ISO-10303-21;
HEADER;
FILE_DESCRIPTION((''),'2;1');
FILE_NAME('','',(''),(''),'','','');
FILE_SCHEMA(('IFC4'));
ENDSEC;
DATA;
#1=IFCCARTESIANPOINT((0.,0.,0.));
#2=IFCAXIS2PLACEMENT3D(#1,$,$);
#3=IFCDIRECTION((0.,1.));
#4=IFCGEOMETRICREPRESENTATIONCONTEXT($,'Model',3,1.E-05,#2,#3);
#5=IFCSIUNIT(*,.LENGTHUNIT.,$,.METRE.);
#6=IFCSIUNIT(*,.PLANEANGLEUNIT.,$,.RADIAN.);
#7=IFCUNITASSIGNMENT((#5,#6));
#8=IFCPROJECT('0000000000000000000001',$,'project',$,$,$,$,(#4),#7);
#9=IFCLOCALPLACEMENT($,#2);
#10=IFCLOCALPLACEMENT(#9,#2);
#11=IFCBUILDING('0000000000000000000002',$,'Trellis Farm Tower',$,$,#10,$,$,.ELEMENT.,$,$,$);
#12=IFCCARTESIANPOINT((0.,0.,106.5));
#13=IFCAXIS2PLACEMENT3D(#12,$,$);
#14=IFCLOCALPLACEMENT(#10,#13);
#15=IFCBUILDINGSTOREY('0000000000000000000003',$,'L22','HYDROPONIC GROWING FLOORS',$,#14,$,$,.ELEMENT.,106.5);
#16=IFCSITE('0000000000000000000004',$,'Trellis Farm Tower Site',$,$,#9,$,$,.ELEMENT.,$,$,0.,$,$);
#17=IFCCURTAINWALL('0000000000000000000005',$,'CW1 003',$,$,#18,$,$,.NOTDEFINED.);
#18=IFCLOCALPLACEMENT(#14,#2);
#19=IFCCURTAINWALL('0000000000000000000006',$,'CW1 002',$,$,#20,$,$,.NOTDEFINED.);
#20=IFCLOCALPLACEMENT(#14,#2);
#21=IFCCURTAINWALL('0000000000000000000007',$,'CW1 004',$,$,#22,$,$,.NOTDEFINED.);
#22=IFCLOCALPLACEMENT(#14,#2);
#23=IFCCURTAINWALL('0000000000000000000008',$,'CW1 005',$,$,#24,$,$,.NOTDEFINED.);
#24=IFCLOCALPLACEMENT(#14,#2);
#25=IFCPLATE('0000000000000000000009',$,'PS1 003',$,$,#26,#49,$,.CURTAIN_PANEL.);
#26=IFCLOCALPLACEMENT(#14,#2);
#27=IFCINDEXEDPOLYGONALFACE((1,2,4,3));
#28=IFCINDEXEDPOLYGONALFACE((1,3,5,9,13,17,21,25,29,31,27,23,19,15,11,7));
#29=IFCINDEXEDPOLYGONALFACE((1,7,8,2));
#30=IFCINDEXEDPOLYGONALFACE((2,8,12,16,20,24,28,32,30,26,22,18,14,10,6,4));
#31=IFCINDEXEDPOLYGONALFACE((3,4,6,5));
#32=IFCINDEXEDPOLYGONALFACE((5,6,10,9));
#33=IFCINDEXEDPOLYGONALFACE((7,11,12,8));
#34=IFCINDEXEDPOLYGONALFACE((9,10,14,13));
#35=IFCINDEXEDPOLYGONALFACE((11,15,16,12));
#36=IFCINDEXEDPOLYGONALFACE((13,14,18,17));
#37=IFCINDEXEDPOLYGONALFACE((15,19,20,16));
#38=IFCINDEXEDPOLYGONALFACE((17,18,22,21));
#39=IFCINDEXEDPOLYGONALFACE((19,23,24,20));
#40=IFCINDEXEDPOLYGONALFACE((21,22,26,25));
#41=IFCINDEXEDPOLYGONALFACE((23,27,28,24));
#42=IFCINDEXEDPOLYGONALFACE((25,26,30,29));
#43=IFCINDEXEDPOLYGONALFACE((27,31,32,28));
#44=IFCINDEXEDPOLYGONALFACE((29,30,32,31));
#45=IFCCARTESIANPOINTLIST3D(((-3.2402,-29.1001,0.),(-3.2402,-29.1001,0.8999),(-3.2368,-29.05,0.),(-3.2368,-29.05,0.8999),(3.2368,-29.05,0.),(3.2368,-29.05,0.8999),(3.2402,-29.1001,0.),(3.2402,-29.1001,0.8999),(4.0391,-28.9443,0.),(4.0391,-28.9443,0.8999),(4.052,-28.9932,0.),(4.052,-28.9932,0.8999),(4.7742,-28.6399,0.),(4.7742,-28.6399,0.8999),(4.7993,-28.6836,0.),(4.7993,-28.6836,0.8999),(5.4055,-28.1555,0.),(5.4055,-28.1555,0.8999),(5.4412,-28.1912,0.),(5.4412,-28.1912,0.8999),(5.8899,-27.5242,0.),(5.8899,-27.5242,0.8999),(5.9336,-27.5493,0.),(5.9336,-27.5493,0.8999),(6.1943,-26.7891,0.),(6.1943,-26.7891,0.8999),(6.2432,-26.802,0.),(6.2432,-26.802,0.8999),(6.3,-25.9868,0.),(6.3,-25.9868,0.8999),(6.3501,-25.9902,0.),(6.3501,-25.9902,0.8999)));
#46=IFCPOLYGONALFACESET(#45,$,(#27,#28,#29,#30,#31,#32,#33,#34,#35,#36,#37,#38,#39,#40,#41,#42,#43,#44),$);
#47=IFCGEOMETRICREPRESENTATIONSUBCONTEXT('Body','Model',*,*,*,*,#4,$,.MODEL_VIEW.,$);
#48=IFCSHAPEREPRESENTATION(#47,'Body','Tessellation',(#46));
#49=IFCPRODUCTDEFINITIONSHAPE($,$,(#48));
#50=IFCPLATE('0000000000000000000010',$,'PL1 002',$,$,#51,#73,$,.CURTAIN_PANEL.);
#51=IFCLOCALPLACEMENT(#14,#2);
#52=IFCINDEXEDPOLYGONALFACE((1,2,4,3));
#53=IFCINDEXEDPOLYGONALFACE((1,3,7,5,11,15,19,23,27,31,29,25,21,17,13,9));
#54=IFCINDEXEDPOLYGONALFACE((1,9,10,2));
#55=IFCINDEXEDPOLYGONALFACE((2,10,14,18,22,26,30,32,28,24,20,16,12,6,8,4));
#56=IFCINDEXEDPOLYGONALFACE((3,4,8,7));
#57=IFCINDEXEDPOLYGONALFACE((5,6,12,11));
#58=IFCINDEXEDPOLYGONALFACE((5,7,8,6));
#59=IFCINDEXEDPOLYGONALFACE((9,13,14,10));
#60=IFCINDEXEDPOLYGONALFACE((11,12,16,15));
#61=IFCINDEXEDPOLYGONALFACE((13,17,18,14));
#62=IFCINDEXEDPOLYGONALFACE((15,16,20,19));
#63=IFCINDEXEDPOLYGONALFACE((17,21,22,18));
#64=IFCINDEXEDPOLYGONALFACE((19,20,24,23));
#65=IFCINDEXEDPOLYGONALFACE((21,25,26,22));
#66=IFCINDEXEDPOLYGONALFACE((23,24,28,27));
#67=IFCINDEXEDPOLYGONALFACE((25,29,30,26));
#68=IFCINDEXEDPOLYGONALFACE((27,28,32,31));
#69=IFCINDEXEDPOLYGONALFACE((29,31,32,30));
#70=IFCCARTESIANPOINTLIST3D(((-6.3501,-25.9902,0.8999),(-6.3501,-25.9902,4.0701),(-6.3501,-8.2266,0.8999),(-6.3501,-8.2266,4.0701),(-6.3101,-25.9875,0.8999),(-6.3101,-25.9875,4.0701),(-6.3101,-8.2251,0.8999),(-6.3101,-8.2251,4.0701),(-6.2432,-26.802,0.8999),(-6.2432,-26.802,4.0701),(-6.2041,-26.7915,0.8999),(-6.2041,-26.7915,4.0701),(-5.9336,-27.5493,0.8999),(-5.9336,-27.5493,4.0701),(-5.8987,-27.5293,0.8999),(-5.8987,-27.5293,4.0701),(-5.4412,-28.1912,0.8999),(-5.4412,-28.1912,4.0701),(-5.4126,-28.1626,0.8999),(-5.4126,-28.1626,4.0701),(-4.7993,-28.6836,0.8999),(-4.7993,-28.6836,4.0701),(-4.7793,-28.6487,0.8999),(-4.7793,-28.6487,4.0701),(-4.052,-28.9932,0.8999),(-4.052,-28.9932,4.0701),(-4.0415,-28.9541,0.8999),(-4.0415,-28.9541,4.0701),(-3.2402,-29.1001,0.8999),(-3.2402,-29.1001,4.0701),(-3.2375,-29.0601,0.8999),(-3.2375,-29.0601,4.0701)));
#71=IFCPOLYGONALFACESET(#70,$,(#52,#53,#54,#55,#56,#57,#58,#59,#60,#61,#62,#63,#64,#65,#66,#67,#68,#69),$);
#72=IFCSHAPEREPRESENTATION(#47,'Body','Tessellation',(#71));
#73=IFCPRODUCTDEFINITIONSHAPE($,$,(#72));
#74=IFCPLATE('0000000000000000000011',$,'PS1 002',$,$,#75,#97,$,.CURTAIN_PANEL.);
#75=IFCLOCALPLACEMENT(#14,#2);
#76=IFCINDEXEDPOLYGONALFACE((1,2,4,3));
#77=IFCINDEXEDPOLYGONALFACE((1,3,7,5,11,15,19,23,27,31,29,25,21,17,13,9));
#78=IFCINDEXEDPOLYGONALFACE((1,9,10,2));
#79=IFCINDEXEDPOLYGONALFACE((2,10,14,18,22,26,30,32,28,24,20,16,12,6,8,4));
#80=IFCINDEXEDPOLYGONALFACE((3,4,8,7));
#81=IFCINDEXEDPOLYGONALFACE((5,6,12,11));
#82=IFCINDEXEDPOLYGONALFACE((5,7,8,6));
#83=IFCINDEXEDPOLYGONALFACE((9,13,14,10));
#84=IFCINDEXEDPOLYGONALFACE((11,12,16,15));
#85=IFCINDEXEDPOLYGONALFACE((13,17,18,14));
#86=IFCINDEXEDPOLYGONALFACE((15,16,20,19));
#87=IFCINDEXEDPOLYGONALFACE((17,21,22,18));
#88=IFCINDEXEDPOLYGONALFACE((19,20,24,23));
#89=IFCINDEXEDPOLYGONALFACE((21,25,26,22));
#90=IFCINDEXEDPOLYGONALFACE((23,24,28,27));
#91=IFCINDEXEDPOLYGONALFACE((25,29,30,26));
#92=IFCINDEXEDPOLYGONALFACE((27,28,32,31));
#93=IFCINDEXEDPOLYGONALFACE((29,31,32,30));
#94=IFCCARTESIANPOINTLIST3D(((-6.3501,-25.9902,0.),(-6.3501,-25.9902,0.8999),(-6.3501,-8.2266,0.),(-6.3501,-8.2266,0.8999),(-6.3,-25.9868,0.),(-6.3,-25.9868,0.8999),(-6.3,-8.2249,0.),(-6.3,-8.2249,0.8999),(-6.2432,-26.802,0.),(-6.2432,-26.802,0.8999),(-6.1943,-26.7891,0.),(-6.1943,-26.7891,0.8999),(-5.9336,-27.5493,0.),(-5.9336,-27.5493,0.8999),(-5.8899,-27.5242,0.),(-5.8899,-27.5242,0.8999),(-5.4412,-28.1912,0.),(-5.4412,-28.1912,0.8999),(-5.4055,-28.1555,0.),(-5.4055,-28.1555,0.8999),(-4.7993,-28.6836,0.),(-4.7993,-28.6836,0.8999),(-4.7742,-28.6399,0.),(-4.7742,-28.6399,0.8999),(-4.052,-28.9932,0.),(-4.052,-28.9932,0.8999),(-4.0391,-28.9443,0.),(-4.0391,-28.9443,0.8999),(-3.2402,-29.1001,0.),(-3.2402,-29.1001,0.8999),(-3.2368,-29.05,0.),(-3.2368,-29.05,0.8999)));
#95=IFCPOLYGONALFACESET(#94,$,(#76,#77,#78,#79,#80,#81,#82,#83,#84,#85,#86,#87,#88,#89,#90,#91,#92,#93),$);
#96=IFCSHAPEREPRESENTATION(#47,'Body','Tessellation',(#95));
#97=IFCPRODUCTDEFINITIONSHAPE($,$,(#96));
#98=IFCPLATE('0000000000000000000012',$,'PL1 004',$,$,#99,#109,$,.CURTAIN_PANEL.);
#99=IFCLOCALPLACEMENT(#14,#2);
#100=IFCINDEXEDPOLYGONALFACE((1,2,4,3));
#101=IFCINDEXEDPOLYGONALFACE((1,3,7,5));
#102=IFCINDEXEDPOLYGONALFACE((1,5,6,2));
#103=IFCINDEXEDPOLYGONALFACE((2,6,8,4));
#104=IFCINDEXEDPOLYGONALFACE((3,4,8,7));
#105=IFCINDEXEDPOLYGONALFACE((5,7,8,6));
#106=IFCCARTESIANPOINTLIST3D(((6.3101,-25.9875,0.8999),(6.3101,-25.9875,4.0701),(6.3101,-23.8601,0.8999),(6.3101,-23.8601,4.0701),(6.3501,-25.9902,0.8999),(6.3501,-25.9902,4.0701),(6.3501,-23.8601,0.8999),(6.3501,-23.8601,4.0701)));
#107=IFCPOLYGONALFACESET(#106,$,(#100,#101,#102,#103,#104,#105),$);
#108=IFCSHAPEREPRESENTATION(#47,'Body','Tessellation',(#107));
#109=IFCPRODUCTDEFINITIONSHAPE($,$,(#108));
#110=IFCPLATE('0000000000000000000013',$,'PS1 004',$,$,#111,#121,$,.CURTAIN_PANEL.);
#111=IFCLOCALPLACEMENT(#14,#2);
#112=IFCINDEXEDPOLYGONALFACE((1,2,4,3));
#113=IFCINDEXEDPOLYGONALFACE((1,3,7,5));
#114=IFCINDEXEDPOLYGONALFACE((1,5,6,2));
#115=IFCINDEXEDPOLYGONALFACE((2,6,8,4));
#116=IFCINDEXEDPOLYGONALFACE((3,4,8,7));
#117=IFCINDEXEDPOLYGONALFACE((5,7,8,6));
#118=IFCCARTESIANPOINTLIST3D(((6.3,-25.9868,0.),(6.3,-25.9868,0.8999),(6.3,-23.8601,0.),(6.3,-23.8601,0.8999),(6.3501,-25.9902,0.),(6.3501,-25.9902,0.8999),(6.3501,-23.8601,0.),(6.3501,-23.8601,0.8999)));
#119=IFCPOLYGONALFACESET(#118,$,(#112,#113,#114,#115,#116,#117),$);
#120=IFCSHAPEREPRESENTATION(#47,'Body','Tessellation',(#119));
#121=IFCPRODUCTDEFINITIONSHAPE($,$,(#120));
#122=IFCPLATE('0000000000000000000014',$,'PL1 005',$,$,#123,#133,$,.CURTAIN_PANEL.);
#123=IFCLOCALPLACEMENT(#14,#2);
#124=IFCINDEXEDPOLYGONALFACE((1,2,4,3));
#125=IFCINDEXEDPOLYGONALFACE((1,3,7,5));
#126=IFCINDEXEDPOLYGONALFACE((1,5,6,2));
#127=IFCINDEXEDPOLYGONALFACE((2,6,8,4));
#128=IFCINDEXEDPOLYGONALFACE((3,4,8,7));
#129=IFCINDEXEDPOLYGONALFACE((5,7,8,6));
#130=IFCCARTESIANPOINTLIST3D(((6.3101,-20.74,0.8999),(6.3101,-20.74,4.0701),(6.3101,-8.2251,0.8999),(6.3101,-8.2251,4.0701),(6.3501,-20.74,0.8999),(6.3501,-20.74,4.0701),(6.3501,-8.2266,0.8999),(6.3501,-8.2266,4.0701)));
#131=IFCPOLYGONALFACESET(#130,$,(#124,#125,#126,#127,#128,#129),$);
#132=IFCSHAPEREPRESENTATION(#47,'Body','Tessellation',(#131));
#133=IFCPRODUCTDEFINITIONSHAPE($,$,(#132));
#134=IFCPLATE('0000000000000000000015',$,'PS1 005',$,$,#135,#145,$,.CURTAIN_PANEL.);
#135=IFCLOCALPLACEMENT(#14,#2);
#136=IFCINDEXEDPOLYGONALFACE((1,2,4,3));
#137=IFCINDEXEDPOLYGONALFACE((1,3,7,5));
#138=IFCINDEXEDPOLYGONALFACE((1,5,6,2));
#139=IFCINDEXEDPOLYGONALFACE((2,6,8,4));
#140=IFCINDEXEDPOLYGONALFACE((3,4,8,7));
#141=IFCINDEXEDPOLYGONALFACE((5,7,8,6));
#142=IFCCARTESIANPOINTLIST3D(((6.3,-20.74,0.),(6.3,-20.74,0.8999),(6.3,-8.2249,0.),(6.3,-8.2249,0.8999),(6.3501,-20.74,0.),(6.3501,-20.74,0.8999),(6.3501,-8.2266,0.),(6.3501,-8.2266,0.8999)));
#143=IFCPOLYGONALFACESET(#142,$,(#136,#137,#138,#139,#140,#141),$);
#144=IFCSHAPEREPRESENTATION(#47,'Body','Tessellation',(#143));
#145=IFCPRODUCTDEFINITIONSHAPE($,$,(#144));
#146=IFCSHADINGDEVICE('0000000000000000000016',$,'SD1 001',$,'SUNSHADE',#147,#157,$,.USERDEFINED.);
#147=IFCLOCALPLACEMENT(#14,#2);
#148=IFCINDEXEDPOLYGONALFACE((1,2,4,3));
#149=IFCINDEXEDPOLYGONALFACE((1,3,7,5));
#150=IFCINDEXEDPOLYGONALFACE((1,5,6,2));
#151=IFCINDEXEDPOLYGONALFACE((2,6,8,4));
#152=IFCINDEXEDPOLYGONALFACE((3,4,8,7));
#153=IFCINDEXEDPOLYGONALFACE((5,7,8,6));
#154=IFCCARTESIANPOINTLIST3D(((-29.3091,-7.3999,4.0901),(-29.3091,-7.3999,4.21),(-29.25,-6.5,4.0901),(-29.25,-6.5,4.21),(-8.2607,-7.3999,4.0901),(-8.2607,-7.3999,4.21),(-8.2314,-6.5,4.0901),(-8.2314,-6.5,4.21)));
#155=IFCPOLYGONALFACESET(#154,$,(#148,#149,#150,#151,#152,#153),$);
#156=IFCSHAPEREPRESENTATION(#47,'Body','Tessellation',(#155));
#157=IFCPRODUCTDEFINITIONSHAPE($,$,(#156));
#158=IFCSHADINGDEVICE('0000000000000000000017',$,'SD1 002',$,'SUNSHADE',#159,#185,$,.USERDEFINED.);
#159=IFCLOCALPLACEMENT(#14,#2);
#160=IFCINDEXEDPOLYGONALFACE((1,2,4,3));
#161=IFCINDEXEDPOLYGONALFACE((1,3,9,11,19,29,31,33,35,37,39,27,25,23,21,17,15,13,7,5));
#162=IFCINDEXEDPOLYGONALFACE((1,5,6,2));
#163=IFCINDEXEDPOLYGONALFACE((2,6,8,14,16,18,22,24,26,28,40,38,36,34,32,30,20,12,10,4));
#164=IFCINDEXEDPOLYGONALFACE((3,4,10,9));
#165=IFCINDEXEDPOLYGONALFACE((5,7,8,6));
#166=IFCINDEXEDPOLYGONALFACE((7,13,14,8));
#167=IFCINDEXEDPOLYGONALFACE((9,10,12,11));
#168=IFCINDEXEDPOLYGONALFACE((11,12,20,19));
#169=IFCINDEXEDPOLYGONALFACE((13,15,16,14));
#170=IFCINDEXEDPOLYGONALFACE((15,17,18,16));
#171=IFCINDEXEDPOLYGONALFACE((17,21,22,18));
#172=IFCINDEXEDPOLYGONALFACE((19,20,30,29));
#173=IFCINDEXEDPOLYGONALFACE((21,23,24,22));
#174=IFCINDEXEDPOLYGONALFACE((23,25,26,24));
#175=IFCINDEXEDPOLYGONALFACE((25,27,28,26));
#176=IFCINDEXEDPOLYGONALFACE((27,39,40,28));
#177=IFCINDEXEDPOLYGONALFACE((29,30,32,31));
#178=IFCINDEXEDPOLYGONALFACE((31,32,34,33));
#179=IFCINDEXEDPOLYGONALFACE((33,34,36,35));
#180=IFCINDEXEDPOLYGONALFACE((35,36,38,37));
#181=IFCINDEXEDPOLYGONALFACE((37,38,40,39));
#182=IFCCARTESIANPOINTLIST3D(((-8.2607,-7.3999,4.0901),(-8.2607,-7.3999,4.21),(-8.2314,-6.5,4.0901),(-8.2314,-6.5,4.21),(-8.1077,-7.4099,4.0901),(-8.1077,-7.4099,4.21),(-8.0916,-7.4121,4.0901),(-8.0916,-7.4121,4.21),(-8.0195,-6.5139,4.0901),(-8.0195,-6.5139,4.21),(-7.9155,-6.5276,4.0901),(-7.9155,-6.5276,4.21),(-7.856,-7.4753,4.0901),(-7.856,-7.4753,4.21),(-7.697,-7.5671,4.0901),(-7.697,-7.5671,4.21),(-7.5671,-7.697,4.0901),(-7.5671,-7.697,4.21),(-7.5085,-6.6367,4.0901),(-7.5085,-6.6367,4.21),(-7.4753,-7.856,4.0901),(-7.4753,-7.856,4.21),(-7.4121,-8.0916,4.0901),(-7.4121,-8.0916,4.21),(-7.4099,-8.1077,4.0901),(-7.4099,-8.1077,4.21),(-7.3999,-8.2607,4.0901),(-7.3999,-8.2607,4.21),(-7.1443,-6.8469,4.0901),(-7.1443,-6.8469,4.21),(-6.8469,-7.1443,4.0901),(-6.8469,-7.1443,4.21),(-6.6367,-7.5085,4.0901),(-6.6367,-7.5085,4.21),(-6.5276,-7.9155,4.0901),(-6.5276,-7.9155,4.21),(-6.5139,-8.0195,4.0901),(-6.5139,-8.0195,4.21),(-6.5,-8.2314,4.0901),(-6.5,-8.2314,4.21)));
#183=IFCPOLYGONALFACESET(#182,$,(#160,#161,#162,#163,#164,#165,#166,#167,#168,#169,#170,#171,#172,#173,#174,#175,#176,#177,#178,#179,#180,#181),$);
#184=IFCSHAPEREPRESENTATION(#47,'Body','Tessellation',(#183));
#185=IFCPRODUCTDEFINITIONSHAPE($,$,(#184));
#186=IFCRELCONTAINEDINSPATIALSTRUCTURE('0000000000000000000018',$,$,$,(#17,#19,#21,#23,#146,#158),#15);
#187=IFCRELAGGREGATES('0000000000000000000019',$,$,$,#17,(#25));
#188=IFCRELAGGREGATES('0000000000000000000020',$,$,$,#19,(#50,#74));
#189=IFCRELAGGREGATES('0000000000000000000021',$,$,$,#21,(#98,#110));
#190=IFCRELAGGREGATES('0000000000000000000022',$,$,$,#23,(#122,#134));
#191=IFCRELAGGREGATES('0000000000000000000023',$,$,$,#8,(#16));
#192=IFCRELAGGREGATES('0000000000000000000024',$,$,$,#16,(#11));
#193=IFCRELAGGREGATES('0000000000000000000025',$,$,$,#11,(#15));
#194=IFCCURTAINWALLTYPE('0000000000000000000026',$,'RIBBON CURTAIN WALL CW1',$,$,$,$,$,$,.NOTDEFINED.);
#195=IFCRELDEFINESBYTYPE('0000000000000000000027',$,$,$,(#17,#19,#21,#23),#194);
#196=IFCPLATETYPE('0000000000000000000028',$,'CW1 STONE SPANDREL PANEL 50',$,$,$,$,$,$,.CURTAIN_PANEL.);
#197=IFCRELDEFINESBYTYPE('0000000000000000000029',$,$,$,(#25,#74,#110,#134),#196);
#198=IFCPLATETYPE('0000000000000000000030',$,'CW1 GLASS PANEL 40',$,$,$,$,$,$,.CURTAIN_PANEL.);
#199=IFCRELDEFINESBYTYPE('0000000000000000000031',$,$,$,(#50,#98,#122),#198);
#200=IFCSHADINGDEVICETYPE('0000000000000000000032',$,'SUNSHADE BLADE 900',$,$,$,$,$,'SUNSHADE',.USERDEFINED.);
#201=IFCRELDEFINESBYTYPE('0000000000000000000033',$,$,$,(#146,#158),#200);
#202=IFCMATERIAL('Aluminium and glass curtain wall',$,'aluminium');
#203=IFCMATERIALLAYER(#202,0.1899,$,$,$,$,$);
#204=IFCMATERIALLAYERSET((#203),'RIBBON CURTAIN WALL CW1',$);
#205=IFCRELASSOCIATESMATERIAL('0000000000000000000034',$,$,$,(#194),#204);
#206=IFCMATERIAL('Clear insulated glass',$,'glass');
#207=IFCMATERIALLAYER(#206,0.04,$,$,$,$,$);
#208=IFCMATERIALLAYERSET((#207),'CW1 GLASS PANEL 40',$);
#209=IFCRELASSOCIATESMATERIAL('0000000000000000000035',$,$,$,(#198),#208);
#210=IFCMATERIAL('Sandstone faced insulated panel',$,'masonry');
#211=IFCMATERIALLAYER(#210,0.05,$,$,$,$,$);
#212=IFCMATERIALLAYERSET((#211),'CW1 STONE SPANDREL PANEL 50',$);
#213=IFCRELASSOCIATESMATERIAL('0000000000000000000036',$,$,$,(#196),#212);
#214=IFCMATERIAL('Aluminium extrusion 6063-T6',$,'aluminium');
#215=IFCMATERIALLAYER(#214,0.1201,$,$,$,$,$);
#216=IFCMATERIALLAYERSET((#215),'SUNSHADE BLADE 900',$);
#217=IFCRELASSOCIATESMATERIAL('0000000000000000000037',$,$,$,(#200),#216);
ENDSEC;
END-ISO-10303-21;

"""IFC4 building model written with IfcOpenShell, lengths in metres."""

from ifc_helpers import new_model, si_unit, direction, frame, origin, place, context, subcontext, project, spatial, polyline, outline, extrude, source, transform, mapped, material, layer, layer_set, type_object, element, aggregate, save


model = new_model("IFC4")

# Units and contexts
model_context = context("Model", 3, precision=1e-05, world=origin(), true_north=direction((0.0, 1.0)))
body_context = subcontext(model_context, "Body", "Model", "MODEL_VIEW")
ifc_project = project(units=[si_unit("LENGTHUNIT", "METRE"), si_unit("PLANEANGLEUNIT", "RADIAN")], contexts=[model_context])

# Site, building, storey
site_placement = place(None, origin())
site = spatial("IfcSite", under=ifc_project, at=site_placement, Name="Trellis Farm Tower Site", CompositionType="ELEMENT", RefElevation=0.0)
building_placement = place(site_placement, origin())
building = spatial("IfcBuilding", under=site, at=building_placement, Name="Trellis Farm Tower", CompositionType="ELEMENT")
storey_placement = place(building_placement, frame((0.0, 0.0, 106.5)))
storey = spatial("IfcBuildingStorey", under=building, at=storey_placement, Name="L22", Description="HYDROPONIC GROWING FLOORS", CompositionType="ELEMENT", Elevation=106.5)

# Curtain walls
ifc_material_1 = material(Name="Aluminium and glass curtain wall", Category="aluminium")
placement_1 = place(storey_placement, origin())
ifc_material_2 = material(Name="Aluminium extrusion 6063-T6", Category="aluminium")
ifc_layer_1 = layer(ifc_material_1, 0.1899)
ifc_layer_set_1 = layer_set([ifc_layer_1], Name="RIBBON CURTAIN WALL CW1")
curtain_wall_type_1 = type_object("IfcCurtainWallType", Name="RIBBON CURTAIN WALL CW1", PredefinedType="NOTDEFINED", material=ifc_layer_set_1)
curtain_wall_1 = element("IfcCurtainWall", 1, at=placement_1, inside=storey, type_object=curtain_wall_type_1, Name="CW1 003", PredefinedType="NOTDEFINED")
curtain_wall_2 = element("IfcCurtainWall", 2, at=placement_1, inside=storey, type_object=curtain_wall_type_1, Name="CW1 002", PredefinedType="NOTDEFINED")
curtain_wall_3 = element("IfcCurtainWall", 3, at=placement_1, inside=storey, type_object=curtain_wall_type_1, Name="CW1 004", PredefinedType="NOTDEFINED")
curtain_wall_4 = element("IfcCurtainWall", 4, at=placement_1, inside=storey, type_object=curtain_wall_type_1, Name="CW1 005", PredefinedType="NOTDEFINED")

# Plates
ifc_material_3 = material(Name="Clear insulated glass", Category="glass")
ifc_layer_2 = layer(ifc_material_3, 0.04)
ifc_layer_set_2 = layer_set([ifc_layer_2], Name="CW1 GLASS PANEL 40")
plate_type_1 = type_object("IfcPlateType", Name="CW1 GLASS PANEL 40", PredefinedType="CURTAIN_PANEL", material=ifc_layer_set_2)
placement_2 = place(storey_placement, frame((0.0, 0.0, 0.8999)))
ifc_material_4 = material(Name="Sandstone faced insulated panel", Category="masonry")
ifc_layer_3 = layer(ifc_material_4, 0.05)
ifc_layer_set_3 = layer_set([ifc_layer_3], Name="CW1 STONE SPANDREL PANEL 50")
plate_type_2 = type_object("IfcPlateType", Name="CW1 STONE SPANDREL PANEL 50", PredefinedType="CURTAIN_PANEL", material=ifc_layer_set_3)
shared_shape_1 = source(origin(), body_context, "Body", "SweptSolid", [
    extrude(outline(polyline([(-3.2402, -29.1001), (3.2402, -29.1001), (4.052, -28.9932), (4.7993, -28.6836), (5.4412, -28.1912), (5.9336, -27.5493), (6.2432, -26.802), (6.3501, -25.9902), (6.3, -25.9868), (6.1943, -26.7891), (5.8899, -27.5242), (5.4055, -28.1555), (4.7742, -28.6399), (4.0391, -28.9443), (3.2368, -29.05), (-3.2368, -29.05), (-3.2402, -29.1001)])), origin(), (0.0, 0.0, 1.0), 0.8999),
])
plate_1 = element("IfcPlate", 5, at=placement_1, type_object=plate_type_2, Name="PS1 003", PredefinedType="CURTAIN_PANEL", context=body_context, shape_type="MappedRepresentation", body=[
    mapped(shared_shape_1, transform((0.0, 0.0, 0.0))),
])
aggregate(curtain_wall_1, [plate_1])
shared_shape_2 = source(origin(), body_context, "Body", "SweptSolid", [
    extrude(outline(polyline([(-6.3501, -8.2266), (-6.3501, -25.9902), (-6.2432, -26.802), (-5.9336, -27.5493), (-5.4412, -28.1912), (-4.7993, -28.6836), (-4.052, -28.9932), (-3.2402, -29.1001), (-3.2375, -29.0601), (-4.0415, -28.9541), (-4.7793, -28.6487), (-5.4126, -28.1626), (-5.8987, -27.5293), (-6.2041, -26.7915), (-6.3101, -25.9875), (-6.3101, -8.2251), (-6.3501, -8.2266)])), origin(), (0.0, 0.0, 1.0), 3.1702),
])
plate_2 = element("IfcPlate", 6, at=placement_2, type_object=plate_type_1, Name="PL1 002", PredefinedType="CURTAIN_PANEL", context=body_context, shape_type="MappedRepresentation", body=[
    mapped(shared_shape_2, transform((0.0, 0.0, 0.0))),
])
shared_shape_3 = source(origin(), body_context, "Body", "SweptSolid", [
    extrude(outline(polyline([(-6.3501, -8.2266), (-6.3501, -25.9902), (-6.2432, -26.802), (-5.9336, -27.5493), (-5.4412, -28.1912), (-4.7993, -28.6836), (-4.052, -28.9932), (-3.2402, -29.1001), (-3.2368, -29.05), (-4.0391, -28.9443), (-4.7742, -28.6399), (-5.4055, -28.1555), (-5.8899, -27.5242), (-6.1943, -26.7891), (-6.3, -25.9868), (-6.3, -8.2249), (-6.3501, -8.2266)])), origin(), (0.0, 0.0, 1.0), 0.8999),
])
plate_3 = element("IfcPlate", 7, at=placement_1, type_object=plate_type_2, Name="PS1 002", PredefinedType="CURTAIN_PANEL", context=body_context, shape_type="MappedRepresentation", body=[
    mapped(shared_shape_3, transform((0.0, 0.0, 0.0))),
])
aggregate(curtain_wall_2, [plate_2, plate_3])
shared_shape_4 = source(origin(), body_context, "Body", "SweptSolid", [
    extrude(outline(polyline([(6.3501, -25.9902), (6.3501, -23.8601), (6.3101, -23.8601), (6.3101, -25.9875), (6.3501, -25.9902)])), origin(), (0.0, 0.0, 1.0), 3.1702),
])
plate_4 = element("IfcPlate", 8, at=placement_2, type_object=plate_type_1, Name="PL1 004", PredefinedType="CURTAIN_PANEL", context=body_context, shape_type="MappedRepresentation", body=[
    mapped(shared_shape_4, transform((0.0, 0.0, 0.0))),
])
shared_shape_5 = source(origin(), body_context, "Body", "SweptSolid", [
    extrude(outline(polyline([(6.3501, -25.9902), (6.3501, -23.8601), (6.3, -23.8601), (6.3, -25.9868), (6.3501, -25.9902)])), origin(), (0.0, 0.0, 1.0), 0.8999),
])
plate_5 = element("IfcPlate", 9, at=placement_1, type_object=plate_type_2, Name="PS1 004", PredefinedType="CURTAIN_PANEL", context=body_context, shape_type="MappedRepresentation", body=[
    mapped(shared_shape_5, transform((0.0, 0.0, 0.0))),
])
aggregate(curtain_wall_3, [plate_4, plate_5])
shared_shape_6 = source(origin(), body_context, "Body", "SweptSolid", [
    extrude(outline(polyline([(6.3501, -20.74), (6.3501, -8.2266), (6.3101, -8.2251), (6.3101, -20.74), (6.3501, -20.74)])), origin(), (0.0, 0.0, 1.0), 3.1702),
])
plate_6 = element("IfcPlate", 10, at=placement_2, type_object=plate_type_1, Name="PL1 005", PredefinedType="CURTAIN_PANEL", context=body_context, shape_type="MappedRepresentation", body=[
    mapped(shared_shape_6, transform((0.0, 0.0, 0.0))),
])
shared_shape_7 = source(origin(), body_context, "Body", "SweptSolid", [
    extrude(outline(polyline([(6.3501, -20.74), (6.3501, -8.2266), (6.3, -8.2249), (6.3, -20.74), (6.3501, -20.74)])), origin(), (0.0, 0.0, 1.0), 0.8999),
])
plate_7 = element("IfcPlate", 11, at=placement_1, type_object=plate_type_2, Name="PS1 005", PredefinedType="CURTAIN_PANEL", context=body_context, shape_type="MappedRepresentation", body=[
    mapped(shared_shape_7, transform((0.0, 0.0, 0.0))),
])
aggregate(curtain_wall_4, [plate_6, plate_7])

# Shading devices
ifc_layer_4 = layer(ifc_material_2, 0.1201)
ifc_layer_set_4 = layer_set([ifc_layer_4], Name="SUNSHADE BLADE 900")
shading_device_type_1 = type_object("IfcShadingDeviceType", Name="SUNSHADE BLADE 900", ElementType="SUNSHADE", PredefinedType="USERDEFINED", material=ifc_layer_set_4)
shared_shape_8 = source(origin(), body_context, "Body", "SweptSolid", [
    extrude(outline(polyline([(-29.3091, -7.3999), (-8.2607, -7.3999), (-8.2314, -6.5), (-29.25, -6.5), (-29.3091, -7.3999)])), origin(), (0.0, 0.0, 1.0), 0.1199),
])
placement_3 = place(storey_placement, frame((0.0, 0.0, 4.0901)))
element("IfcShadingDevice", 12, at=placement_3, inside=storey, type_object=shading_device_type_1, Name="SD1 001", ObjectType="SUNSHADE", PredefinedType="USERDEFINED", context=body_context, shape_type="MappedRepresentation", body=[
    mapped(shared_shape_8, transform((0.0, 0.0, 0.0))),
])
shared_shape_9 = source(origin(), body_context, "Body", "SweptSolid", [
    extrude(outline(polyline([(-8.2607, -7.3999), (-8.1077, -7.4099), (-8.0916, -7.4121), (-7.856, -7.4753), (-7.697, -7.5671), (-7.5671, -7.697), (-7.4753, -7.856), (-7.4121, -8.0916), (-7.4099, -8.1077), (-7.3999, -8.2607), (-6.5, -8.2314), (-6.5139, -8.0195), (-6.5276, -7.9155), (-6.6367, -7.5085), (-6.8469, -7.1443), (-7.1443, -6.8469), (-7.5085, -6.6367), (-7.9155, -6.5276), (-8.0195, -6.5139), (-8.2314, -6.5), (-8.2607, -7.3999)])), origin(), (0.0, 0.0, 1.0), 0.1199),
])
element("IfcShadingDevice", 13, at=placement_3, inside=storey, type_object=shading_device_type_1, Name="SD1 002", ObjectType="SUNSHADE", PredefinedType="USERDEFINED", context=body_context, shape_type="MappedRepresentation", body=[
    mapped(shared_shape_9, transform((0.0, 0.0, 0.0))),
])

save(model, "model.ifc")
